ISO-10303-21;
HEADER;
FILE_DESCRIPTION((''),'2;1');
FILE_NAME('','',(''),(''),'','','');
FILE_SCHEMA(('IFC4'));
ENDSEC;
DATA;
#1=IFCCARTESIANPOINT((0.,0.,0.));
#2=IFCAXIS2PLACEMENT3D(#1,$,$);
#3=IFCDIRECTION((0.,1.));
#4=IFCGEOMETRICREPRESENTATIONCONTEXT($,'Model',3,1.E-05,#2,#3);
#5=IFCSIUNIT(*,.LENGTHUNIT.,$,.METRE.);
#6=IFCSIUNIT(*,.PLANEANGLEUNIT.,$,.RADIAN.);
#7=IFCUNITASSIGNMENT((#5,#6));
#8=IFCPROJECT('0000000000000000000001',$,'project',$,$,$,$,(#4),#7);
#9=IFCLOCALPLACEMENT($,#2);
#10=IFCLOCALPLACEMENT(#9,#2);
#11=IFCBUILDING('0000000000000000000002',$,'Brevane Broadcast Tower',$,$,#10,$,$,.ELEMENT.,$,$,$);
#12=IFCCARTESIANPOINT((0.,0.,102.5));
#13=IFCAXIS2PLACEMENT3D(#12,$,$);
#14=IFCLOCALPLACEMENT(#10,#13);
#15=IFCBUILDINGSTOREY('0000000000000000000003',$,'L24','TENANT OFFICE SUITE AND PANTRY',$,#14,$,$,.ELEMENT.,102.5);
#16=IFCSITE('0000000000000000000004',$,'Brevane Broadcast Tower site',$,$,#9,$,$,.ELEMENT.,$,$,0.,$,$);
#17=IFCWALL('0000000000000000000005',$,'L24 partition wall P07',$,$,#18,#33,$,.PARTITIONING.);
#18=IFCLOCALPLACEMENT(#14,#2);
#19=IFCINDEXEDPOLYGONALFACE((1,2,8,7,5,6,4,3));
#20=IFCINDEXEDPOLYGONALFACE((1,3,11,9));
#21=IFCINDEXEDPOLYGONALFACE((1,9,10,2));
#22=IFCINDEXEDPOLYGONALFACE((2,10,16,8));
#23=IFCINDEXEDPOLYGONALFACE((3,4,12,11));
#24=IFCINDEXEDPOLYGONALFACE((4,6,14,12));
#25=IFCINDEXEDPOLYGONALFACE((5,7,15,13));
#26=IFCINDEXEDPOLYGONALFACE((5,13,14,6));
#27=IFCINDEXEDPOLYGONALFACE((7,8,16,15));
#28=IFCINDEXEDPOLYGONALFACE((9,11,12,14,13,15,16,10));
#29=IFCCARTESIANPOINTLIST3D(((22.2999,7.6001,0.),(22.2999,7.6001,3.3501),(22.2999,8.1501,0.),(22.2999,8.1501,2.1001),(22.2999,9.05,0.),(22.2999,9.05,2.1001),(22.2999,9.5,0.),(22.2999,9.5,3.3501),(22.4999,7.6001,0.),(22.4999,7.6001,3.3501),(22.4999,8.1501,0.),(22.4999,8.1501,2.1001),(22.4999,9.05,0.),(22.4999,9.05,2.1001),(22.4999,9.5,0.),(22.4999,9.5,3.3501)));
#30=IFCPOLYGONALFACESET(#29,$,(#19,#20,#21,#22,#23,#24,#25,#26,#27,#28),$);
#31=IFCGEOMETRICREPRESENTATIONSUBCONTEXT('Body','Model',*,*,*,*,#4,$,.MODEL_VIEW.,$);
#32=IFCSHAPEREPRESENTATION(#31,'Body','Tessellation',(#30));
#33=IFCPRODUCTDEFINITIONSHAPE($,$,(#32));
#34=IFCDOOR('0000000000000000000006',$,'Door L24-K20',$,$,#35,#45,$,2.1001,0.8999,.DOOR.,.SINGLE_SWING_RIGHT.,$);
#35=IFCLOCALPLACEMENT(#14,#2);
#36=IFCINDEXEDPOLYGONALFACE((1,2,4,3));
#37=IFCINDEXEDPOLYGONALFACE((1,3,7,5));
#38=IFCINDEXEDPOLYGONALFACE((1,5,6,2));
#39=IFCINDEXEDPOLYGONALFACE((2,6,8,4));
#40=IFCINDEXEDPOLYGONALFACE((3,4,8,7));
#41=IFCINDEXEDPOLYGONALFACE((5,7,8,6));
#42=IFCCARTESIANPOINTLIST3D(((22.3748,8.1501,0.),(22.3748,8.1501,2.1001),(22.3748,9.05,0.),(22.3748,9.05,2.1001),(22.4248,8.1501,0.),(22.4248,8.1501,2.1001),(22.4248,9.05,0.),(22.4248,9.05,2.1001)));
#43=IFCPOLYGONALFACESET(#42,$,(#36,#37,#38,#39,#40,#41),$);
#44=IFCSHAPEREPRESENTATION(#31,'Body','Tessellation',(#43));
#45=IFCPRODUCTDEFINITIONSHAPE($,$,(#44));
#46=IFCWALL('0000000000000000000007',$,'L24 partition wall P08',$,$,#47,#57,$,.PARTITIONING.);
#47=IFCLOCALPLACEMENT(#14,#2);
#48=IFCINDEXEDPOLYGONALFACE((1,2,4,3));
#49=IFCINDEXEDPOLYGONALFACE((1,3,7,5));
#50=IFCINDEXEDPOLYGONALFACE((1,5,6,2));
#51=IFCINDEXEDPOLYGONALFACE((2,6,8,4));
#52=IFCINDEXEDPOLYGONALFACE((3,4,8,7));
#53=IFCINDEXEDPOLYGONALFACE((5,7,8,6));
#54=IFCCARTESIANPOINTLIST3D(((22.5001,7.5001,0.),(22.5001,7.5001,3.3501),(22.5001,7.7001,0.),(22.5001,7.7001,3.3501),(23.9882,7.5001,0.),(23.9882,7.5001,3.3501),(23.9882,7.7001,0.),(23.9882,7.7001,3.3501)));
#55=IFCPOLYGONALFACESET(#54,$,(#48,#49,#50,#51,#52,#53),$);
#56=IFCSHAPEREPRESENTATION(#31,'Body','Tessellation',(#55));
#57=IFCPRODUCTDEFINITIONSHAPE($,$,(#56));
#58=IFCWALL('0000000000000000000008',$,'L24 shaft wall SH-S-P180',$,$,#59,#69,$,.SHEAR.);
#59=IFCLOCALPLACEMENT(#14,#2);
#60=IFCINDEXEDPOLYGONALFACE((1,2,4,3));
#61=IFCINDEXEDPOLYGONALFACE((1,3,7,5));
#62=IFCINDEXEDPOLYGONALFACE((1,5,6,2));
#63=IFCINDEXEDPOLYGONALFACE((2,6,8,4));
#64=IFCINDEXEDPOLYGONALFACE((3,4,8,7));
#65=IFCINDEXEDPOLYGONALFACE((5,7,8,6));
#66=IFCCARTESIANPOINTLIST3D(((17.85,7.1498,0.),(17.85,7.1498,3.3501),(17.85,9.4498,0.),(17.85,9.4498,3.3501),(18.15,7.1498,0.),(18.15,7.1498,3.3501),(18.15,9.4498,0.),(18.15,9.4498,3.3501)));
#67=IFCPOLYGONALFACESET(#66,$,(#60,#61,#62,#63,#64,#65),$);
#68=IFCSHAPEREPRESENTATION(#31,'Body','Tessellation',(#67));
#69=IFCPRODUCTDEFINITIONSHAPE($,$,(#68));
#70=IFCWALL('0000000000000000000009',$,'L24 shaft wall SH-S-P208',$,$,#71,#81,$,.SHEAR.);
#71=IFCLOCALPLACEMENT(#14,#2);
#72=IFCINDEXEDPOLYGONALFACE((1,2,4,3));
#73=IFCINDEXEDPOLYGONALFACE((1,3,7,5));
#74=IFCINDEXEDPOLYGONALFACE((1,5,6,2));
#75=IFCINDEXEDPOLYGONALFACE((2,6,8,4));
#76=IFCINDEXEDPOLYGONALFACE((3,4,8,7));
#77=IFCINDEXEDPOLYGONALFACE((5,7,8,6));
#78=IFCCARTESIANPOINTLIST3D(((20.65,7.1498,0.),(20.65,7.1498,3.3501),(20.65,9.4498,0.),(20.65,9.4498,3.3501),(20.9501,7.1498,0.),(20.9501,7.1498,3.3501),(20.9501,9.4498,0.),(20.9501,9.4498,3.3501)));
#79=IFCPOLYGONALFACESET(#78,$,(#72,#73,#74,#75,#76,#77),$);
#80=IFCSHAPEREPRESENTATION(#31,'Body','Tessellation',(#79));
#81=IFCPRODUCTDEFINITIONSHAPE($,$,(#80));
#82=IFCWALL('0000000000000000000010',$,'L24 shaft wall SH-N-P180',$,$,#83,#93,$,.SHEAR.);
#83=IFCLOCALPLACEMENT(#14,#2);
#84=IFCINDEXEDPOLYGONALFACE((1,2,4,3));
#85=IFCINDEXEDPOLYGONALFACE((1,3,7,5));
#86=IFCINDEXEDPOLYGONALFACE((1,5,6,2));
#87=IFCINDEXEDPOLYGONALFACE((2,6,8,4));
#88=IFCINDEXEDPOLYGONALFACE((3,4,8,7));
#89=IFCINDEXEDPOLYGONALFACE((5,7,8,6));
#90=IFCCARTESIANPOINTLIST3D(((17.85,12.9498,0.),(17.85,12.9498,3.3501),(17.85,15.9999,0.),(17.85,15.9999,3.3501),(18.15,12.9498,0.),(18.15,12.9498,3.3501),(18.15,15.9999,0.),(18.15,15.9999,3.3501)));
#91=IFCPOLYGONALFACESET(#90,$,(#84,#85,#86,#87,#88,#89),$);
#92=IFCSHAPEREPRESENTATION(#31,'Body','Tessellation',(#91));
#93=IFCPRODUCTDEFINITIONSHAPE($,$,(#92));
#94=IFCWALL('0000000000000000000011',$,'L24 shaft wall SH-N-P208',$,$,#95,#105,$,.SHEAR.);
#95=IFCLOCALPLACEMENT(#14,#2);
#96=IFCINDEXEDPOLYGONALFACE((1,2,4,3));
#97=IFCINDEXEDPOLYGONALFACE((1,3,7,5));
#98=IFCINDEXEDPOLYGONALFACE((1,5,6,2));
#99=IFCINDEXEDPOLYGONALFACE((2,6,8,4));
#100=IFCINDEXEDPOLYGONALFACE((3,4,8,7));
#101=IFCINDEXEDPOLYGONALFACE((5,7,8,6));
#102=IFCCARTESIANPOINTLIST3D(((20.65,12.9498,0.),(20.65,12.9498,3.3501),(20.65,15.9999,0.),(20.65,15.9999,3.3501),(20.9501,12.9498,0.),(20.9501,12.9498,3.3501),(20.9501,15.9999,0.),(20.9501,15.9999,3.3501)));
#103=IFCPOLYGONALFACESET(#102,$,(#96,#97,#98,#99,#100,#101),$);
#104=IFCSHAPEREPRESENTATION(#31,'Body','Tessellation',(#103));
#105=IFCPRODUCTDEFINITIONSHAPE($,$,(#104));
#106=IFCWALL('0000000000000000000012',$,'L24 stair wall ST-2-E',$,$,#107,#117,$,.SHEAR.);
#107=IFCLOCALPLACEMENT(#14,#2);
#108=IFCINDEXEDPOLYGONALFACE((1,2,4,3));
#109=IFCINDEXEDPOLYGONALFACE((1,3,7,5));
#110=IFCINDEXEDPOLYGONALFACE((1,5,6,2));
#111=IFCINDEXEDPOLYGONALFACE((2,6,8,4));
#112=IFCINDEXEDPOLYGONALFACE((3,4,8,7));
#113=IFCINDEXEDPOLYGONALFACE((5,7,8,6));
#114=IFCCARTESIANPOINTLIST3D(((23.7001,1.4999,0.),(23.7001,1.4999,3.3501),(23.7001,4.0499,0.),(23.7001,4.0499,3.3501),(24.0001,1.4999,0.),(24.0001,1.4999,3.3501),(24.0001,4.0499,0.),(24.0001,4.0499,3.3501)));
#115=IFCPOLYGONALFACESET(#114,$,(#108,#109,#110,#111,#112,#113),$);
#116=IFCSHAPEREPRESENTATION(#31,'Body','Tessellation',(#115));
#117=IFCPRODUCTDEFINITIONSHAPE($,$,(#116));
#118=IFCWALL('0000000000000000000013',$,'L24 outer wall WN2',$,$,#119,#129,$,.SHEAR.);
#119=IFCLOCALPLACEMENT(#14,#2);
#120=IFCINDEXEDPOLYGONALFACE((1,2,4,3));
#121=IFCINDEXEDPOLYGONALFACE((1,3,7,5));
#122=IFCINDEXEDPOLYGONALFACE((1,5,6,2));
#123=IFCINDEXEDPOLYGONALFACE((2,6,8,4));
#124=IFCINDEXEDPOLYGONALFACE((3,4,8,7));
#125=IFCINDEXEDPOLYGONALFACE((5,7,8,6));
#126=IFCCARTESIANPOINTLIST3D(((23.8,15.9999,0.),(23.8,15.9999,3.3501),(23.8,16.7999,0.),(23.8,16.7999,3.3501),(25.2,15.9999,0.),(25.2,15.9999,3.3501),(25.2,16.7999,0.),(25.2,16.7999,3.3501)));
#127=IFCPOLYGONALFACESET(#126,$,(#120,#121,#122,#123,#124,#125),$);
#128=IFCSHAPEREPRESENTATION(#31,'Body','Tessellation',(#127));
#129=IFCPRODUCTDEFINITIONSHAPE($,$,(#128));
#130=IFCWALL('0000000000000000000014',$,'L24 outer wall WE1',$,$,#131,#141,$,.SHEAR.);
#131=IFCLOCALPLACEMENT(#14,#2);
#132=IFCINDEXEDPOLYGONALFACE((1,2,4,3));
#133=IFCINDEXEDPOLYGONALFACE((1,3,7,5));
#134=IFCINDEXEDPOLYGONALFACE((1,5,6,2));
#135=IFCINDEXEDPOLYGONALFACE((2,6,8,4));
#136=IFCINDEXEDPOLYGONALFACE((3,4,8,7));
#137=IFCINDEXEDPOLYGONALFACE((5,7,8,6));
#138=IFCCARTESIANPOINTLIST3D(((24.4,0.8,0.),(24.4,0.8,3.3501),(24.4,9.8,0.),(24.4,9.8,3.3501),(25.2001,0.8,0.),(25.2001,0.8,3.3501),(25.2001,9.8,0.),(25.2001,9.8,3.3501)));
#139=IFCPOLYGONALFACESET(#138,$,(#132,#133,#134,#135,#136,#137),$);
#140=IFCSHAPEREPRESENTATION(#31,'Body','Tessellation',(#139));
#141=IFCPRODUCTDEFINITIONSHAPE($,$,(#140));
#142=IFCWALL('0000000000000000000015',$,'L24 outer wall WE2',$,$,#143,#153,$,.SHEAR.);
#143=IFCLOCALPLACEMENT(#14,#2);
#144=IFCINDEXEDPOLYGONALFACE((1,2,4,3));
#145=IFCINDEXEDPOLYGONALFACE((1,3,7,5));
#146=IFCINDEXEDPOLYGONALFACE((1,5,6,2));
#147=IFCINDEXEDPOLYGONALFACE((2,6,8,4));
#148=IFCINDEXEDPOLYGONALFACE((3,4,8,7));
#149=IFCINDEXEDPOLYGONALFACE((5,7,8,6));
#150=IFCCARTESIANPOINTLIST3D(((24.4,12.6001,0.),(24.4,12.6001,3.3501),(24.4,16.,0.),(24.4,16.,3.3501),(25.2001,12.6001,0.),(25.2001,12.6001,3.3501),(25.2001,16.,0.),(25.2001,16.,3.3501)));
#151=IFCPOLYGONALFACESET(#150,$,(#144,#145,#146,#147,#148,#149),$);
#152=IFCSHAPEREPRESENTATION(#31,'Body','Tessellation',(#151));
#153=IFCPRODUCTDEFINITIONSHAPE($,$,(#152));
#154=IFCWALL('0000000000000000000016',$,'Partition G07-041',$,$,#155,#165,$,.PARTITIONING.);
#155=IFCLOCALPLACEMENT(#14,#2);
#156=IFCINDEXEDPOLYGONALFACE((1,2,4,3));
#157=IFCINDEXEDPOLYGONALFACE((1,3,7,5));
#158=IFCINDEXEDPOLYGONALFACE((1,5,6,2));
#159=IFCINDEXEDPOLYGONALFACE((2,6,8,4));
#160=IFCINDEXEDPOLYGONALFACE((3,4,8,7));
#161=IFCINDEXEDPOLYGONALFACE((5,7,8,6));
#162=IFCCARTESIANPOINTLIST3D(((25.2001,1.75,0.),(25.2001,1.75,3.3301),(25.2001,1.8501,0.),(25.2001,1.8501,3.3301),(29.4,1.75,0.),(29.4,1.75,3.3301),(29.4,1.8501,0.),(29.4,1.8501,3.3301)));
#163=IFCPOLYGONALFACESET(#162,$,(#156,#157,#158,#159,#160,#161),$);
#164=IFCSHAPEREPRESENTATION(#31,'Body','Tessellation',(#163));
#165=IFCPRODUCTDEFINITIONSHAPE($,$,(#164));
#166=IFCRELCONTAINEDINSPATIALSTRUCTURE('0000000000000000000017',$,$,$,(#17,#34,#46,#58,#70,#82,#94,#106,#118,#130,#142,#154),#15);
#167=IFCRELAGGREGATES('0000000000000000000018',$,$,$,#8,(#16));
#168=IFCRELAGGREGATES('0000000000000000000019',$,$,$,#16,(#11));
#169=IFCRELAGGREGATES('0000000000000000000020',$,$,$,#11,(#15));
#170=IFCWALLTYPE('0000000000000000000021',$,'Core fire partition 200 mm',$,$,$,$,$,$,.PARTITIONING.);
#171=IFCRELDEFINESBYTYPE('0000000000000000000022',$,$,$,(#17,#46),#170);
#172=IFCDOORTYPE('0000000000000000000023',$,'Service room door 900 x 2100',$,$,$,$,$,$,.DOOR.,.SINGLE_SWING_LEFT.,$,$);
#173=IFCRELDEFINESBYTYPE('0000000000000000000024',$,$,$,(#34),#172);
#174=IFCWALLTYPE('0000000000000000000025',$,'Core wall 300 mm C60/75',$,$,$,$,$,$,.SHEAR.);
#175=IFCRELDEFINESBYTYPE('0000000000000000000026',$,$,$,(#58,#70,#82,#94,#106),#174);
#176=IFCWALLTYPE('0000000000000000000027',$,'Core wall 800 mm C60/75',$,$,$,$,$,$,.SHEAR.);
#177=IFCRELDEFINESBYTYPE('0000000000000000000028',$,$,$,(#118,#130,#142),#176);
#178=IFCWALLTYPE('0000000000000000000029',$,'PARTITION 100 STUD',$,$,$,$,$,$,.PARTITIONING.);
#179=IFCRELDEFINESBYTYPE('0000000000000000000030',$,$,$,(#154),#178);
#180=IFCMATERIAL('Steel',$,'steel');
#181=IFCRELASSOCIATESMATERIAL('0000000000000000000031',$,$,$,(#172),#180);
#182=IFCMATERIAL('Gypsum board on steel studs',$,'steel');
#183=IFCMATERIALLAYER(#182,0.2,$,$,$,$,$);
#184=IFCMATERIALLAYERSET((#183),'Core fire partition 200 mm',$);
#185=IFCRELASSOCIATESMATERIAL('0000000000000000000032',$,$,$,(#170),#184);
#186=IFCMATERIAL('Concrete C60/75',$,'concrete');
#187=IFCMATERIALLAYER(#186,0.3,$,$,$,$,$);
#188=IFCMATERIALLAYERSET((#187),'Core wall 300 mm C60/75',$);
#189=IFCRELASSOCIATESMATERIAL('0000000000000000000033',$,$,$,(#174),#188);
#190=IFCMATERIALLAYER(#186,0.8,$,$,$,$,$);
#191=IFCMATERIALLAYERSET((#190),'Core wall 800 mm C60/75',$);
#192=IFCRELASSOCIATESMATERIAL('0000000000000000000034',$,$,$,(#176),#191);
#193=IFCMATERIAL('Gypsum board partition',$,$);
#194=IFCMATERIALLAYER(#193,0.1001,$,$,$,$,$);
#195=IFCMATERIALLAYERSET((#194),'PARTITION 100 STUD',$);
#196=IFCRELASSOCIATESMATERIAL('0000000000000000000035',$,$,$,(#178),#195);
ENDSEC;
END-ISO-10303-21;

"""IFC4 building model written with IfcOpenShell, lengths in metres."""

from ifc_helpers import new_model, si_unit, direction, frame, frame_2d, origin, place, context, subcontext, project, spatial, rectangle, extrude, material, layer, layer_set, type_object, element, fill, save


model = new_model("IFC4")

# Units and contexts
model_context = context("Model", 3, precision=1e-05, world=origin(), true_north=direction((0.0, 1.0)))
body_context = subcontext(model_context, "Body", "Model", "MODEL_VIEW")
ifc_project = project(units=[si_unit("LENGTHUNIT", "METRE"), si_unit("PLANEANGLEUNIT", "RADIAN")], contexts=[model_context])

# Site, building, storey
site_placement = place(None, origin())
site = spatial("IfcSite", under=ifc_project, at=site_placement, Name="Brevane Broadcast Tower site", CompositionType="ELEMENT", RefElevation=0.0)
building_placement = place(site_placement, origin())
building = spatial("IfcBuilding", under=site, at=building_placement, Name="Brevane Broadcast Tower", CompositionType="ELEMENT")
storey_placement = place(building_placement, frame((0.0, 0.0, 102.5)))
storey = spatial("IfcBuildingStorey", under=building, at=storey_placement, Name="L24", Description="TENANT OFFICE SUITE AND PANTRY", CompositionType="ELEMENT", Elevation=102.5)

# Shared definitions
ifc_material_1 = material(Name="Gypsum board on steel studs", Category="steel")
ifc_material_2 = material(Name="Steel", Category="steel")
door_type_1 = type_object("IfcDoorType", Name="Service room door 900 x 2100", OperationType="SINGLE_SWING_LEFT", PredefinedType="DOOR", material=ifc_material_2)

# Shared definitions
ifc_layer_1 = layer(ifc_material_1, 0.2)
ifc_layer_set_1 = layer_set([ifc_layer_1], Name="Core fire partition 200 mm")
wall_type_1 = type_object("IfcWallType", Name="Core fire partition 200 mm", PredefinedType="PARTITIONING", material=ifc_layer_set_1)

# Wall, opening, door
wall_1_placement = place(storey_placement, frame((22.3999, 9.5, 0.0), z_axis=(0.0, 0.0, 1.0), x_axis=(0.0, -1.0, 0.0)))
wall_1 = element("IfcWall", 1, at=wall_1_placement, inside=storey, type_object=wall_type_1, Name="L24 partition wall P07", PredefinedType="PARTITIONING", context=body_context, shape_type="SweptSolid", body=[
    extrude(rectangle(XDim=1.8999, YDim=0.2, at=frame_2d((0.95, 0.0))), origin(), (0.0, 0.0, 1.0), 3.3501),
])
opening_1_placement = place(wall_1_placement, frame((0.45, 0.0, 0.0)))
opening_1 = element("IfcOpeningElement", 2, at=opening_1_placement, cuts=wall_1, PredefinedType="OPENING", context=body_context, shape_type="SweptSolid", body=[
    extrude(rectangle(XDim=0.8999, YDim=2.1001, at=frame_2d((0.45, 1.05))), frame((0.0, 0.1099, 0.0), z_axis=(0.0, -1.0, 0.0), x_axis=(1.0, 0.0, 0.0)), (0.0, 0.0, 1.0), 0.22),
])
door_1_placement = place(opening_1_placement, origin())
door_1 = element("IfcDoor", 3, at=door_1_placement, inside=storey, type_object=door_type_1, Name="Door L24-K20", OperationType="SINGLE_SWING_RIGHT", OverallHeight=2.1001, OverallWidth=0.8999, PredefinedType="DOOR", context=body_context, shape_type="SweptSolid", body=[
    extrude(rectangle(XDim=0.8999, YDim=2.1001, at=frame_2d((0.45, 1.05))), frame((0.0, 0.0249, 0.0), z_axis=(0.0, -1.0, 0.0), x_axis=(1.0, 0.0, 0.0)), (0.0, 0.0, 1.0), 0.05),
])
fill(opening_1, door_1)

# Walls
wall_2_placement = place(storey_placement, frame((22.5, 7.6001, 0.0), z_axis=(0.0, 0.0, 1.0), x_axis=(1.0, 0.0, 0.0)))
element("IfcWall", 4, at=wall_2_placement, inside=storey, type_object=wall_type_1, Name="L24 partition wall P08", PredefinedType="PARTITIONING", context=body_context, shape_type="SweptSolid", body=[
    extrude(rectangle(XDim=1.488, YDim=0.2, at=frame_2d((0.7441, 0.0))), origin(), (0.0, 0.0, 1.0), 3.3501),
])
ifc_material_3 = material(Name="Concrete C60/75", Category="concrete")
ifc_layer_2 = layer(ifc_material_3, 0.3)
ifc_layer_set_2 = layer_set([ifc_layer_2], Name="Core wall 300 mm C60/75")
wall_type_2 = type_object("IfcWallType", Name="Core wall 300 mm C60/75", PredefinedType="SHEAR", material=ifc_layer_set_2)
for number, where, z_axis, x_axis, name in (
    (5, (18.0, 7.1499, 0.0), (0.0, 0.0, 1.0), (0.0, 1.0, 0.0), "L24 shaft wall SH-S-P180"),
    (6, (20.8, 7.1499, 0.0), (0.0, 0.0, 1.0), (0.0, 1.0, 0.0), "L24 shaft wall SH-S-P208"),
):
    element("IfcWall", number, at=place(storey_placement, frame(where, z_axis=z_axis, x_axis=x_axis)), inside=storey, type_object=wall_type_2, Name=name, PredefinedType="SHEAR", context=body_context, shape_type="SweptSolid", body=[
        extrude(rectangle(XDim=2.3, YDim=0.3, at=frame_2d((1.1499, 0.0))), origin(), (0.0, 0.0, 1.0), 3.3501),
    ])
for number, where, z_axis, x_axis, name in (
    (7, (18.0, 12.95, 0.0), (0.0, 0.0, 1.0), (0.0, 1.0, 0.0), "L24 shaft wall SH-N-P180"),
    (8, (20.8, 12.95, 0.0), (0.0, 0.0, 1.0), (0.0, 1.0, 0.0), "L24 shaft wall SH-N-P208"),
):
    element("IfcWall", number, at=place(storey_placement, frame(where, z_axis=z_axis, x_axis=x_axis)), inside=storey, type_object=wall_type_2, Name=name, PredefinedType="SHEAR", context=body_context, shape_type="SweptSolid", body=[
        extrude(rectangle(XDim=3.05, YDim=0.3, at=frame_2d((1.5249, 0.0))), origin(), (0.0, 0.0, 1.0), 3.3501),
    ])
wall_3_placement = place(storey_placement, frame((23.8501, 1.5, 0.0), z_axis=(0.0, 0.0, 1.0), x_axis=(0.0, 1.0, 0.0)))
element("IfcWall", 9, at=wall_3_placement, inside=storey, type_object=wall_type_2, Name="L24 stair wall ST-2-E", PredefinedType="SHEAR", context=body_context, shape_type="SweptSolid", body=[
    extrude(rectangle(XDim=2.55, YDim=0.3, at=frame_2d((1.2749, 0.0))), origin(), (0.0, 0.0, 1.0), 3.3501),
])
ifc_layer_3 = layer(ifc_material_3, 0.8)
ifc_layer_set_3 = layer_set([ifc_layer_3], Name="Core wall 800 mm C60/75")
wall_type_3 = type_object("IfcWallType", Name="Core wall 800 mm C60/75", PredefinedType="SHEAR", material=ifc_layer_set_3)
wall_4_placement = place(storey_placement, frame((23.8, 16.3999, 0.0), z_axis=(0.0, 0.0, 1.0), x_axis=(1.0, 0.0, 0.0)))
element("IfcWall", 10, at=wall_4_placement, inside=storey, type_object=wall_type_3, Name="L24 outer wall WN2", PredefinedType="SHEAR", context=body_context, shape_type="SweptSolid", body=[
    extrude(rectangle(XDim=1.3999, YDim=0.8, at=frame_2d((0.7, 0.0))), origin(), (0.0, 0.0, 1.0), 3.3501),
])
wall_5_placement = place(storey_placement, frame((24.8, 0.8, 0.0), z_axis=(0.0, 0.0, 1.0), x_axis=(0.0, 1.0, 0.0)))
element("IfcWall", 11, at=wall_5_placement, inside=storey, type_object=wall_type_3, Name="L24 outer wall WE1", PredefinedType="SHEAR", context=body_context, shape_type="SweptSolid", body=[
    extrude(rectangle(XDim=9.0, YDim=0.8, at=frame_2d((4.5, 0.0))), origin(), (0.0, 0.0, 1.0), 3.3501),
])
wall_6_placement = place(storey_placement, frame((24.8, 12.6001, 0.0), z_axis=(0.0, 0.0, 1.0), x_axis=(0.0, 1.0, 0.0)))
element("IfcWall", 12, at=wall_6_placement, inside=storey, type_object=wall_type_3, Name="L24 outer wall WE2", PredefinedType="SHEAR", context=body_context, shape_type="SweptSolid", body=[
    extrude(rectangle(XDim=3.3999, YDim=0.8, at=frame_2d((1.7, 0.0))), origin(), (0.0, 0.0, 1.0), 3.3501),
])
ifc_material_4 = material(Name="Gypsum board partition")
ifc_layer_4 = layer(ifc_material_4, 0.1001)
ifc_layer_set_4 = layer_set([ifc_layer_4], Name="PARTITION 100 STUD")
wall_type_4 = type_object("IfcWallType", Name="PARTITION 100 STUD", PredefinedType="PARTITIONING", material=ifc_layer_set_4)
wall_7_placement = place(storey_placement, frame((25.2, 1.8, 0.0), z_axis=(0.0, 0.0, 1.0), x_axis=(1.0, 0.0, 0.0)))
element("IfcWall", 13, at=wall_7_placement, inside=storey, type_object=wall_type_4, Name="Partition G07-041", PredefinedType="PARTITIONING", context=body_context, shape_type="SweptSolid", body=[
    extrude(rectangle(XDim=4.2, YDim=0.1001, at=frame_2d((2.1001, 0.0))), origin(), (0.0, 0.0, 1.0), 3.3301),
])

save(model, "model.ifc")
